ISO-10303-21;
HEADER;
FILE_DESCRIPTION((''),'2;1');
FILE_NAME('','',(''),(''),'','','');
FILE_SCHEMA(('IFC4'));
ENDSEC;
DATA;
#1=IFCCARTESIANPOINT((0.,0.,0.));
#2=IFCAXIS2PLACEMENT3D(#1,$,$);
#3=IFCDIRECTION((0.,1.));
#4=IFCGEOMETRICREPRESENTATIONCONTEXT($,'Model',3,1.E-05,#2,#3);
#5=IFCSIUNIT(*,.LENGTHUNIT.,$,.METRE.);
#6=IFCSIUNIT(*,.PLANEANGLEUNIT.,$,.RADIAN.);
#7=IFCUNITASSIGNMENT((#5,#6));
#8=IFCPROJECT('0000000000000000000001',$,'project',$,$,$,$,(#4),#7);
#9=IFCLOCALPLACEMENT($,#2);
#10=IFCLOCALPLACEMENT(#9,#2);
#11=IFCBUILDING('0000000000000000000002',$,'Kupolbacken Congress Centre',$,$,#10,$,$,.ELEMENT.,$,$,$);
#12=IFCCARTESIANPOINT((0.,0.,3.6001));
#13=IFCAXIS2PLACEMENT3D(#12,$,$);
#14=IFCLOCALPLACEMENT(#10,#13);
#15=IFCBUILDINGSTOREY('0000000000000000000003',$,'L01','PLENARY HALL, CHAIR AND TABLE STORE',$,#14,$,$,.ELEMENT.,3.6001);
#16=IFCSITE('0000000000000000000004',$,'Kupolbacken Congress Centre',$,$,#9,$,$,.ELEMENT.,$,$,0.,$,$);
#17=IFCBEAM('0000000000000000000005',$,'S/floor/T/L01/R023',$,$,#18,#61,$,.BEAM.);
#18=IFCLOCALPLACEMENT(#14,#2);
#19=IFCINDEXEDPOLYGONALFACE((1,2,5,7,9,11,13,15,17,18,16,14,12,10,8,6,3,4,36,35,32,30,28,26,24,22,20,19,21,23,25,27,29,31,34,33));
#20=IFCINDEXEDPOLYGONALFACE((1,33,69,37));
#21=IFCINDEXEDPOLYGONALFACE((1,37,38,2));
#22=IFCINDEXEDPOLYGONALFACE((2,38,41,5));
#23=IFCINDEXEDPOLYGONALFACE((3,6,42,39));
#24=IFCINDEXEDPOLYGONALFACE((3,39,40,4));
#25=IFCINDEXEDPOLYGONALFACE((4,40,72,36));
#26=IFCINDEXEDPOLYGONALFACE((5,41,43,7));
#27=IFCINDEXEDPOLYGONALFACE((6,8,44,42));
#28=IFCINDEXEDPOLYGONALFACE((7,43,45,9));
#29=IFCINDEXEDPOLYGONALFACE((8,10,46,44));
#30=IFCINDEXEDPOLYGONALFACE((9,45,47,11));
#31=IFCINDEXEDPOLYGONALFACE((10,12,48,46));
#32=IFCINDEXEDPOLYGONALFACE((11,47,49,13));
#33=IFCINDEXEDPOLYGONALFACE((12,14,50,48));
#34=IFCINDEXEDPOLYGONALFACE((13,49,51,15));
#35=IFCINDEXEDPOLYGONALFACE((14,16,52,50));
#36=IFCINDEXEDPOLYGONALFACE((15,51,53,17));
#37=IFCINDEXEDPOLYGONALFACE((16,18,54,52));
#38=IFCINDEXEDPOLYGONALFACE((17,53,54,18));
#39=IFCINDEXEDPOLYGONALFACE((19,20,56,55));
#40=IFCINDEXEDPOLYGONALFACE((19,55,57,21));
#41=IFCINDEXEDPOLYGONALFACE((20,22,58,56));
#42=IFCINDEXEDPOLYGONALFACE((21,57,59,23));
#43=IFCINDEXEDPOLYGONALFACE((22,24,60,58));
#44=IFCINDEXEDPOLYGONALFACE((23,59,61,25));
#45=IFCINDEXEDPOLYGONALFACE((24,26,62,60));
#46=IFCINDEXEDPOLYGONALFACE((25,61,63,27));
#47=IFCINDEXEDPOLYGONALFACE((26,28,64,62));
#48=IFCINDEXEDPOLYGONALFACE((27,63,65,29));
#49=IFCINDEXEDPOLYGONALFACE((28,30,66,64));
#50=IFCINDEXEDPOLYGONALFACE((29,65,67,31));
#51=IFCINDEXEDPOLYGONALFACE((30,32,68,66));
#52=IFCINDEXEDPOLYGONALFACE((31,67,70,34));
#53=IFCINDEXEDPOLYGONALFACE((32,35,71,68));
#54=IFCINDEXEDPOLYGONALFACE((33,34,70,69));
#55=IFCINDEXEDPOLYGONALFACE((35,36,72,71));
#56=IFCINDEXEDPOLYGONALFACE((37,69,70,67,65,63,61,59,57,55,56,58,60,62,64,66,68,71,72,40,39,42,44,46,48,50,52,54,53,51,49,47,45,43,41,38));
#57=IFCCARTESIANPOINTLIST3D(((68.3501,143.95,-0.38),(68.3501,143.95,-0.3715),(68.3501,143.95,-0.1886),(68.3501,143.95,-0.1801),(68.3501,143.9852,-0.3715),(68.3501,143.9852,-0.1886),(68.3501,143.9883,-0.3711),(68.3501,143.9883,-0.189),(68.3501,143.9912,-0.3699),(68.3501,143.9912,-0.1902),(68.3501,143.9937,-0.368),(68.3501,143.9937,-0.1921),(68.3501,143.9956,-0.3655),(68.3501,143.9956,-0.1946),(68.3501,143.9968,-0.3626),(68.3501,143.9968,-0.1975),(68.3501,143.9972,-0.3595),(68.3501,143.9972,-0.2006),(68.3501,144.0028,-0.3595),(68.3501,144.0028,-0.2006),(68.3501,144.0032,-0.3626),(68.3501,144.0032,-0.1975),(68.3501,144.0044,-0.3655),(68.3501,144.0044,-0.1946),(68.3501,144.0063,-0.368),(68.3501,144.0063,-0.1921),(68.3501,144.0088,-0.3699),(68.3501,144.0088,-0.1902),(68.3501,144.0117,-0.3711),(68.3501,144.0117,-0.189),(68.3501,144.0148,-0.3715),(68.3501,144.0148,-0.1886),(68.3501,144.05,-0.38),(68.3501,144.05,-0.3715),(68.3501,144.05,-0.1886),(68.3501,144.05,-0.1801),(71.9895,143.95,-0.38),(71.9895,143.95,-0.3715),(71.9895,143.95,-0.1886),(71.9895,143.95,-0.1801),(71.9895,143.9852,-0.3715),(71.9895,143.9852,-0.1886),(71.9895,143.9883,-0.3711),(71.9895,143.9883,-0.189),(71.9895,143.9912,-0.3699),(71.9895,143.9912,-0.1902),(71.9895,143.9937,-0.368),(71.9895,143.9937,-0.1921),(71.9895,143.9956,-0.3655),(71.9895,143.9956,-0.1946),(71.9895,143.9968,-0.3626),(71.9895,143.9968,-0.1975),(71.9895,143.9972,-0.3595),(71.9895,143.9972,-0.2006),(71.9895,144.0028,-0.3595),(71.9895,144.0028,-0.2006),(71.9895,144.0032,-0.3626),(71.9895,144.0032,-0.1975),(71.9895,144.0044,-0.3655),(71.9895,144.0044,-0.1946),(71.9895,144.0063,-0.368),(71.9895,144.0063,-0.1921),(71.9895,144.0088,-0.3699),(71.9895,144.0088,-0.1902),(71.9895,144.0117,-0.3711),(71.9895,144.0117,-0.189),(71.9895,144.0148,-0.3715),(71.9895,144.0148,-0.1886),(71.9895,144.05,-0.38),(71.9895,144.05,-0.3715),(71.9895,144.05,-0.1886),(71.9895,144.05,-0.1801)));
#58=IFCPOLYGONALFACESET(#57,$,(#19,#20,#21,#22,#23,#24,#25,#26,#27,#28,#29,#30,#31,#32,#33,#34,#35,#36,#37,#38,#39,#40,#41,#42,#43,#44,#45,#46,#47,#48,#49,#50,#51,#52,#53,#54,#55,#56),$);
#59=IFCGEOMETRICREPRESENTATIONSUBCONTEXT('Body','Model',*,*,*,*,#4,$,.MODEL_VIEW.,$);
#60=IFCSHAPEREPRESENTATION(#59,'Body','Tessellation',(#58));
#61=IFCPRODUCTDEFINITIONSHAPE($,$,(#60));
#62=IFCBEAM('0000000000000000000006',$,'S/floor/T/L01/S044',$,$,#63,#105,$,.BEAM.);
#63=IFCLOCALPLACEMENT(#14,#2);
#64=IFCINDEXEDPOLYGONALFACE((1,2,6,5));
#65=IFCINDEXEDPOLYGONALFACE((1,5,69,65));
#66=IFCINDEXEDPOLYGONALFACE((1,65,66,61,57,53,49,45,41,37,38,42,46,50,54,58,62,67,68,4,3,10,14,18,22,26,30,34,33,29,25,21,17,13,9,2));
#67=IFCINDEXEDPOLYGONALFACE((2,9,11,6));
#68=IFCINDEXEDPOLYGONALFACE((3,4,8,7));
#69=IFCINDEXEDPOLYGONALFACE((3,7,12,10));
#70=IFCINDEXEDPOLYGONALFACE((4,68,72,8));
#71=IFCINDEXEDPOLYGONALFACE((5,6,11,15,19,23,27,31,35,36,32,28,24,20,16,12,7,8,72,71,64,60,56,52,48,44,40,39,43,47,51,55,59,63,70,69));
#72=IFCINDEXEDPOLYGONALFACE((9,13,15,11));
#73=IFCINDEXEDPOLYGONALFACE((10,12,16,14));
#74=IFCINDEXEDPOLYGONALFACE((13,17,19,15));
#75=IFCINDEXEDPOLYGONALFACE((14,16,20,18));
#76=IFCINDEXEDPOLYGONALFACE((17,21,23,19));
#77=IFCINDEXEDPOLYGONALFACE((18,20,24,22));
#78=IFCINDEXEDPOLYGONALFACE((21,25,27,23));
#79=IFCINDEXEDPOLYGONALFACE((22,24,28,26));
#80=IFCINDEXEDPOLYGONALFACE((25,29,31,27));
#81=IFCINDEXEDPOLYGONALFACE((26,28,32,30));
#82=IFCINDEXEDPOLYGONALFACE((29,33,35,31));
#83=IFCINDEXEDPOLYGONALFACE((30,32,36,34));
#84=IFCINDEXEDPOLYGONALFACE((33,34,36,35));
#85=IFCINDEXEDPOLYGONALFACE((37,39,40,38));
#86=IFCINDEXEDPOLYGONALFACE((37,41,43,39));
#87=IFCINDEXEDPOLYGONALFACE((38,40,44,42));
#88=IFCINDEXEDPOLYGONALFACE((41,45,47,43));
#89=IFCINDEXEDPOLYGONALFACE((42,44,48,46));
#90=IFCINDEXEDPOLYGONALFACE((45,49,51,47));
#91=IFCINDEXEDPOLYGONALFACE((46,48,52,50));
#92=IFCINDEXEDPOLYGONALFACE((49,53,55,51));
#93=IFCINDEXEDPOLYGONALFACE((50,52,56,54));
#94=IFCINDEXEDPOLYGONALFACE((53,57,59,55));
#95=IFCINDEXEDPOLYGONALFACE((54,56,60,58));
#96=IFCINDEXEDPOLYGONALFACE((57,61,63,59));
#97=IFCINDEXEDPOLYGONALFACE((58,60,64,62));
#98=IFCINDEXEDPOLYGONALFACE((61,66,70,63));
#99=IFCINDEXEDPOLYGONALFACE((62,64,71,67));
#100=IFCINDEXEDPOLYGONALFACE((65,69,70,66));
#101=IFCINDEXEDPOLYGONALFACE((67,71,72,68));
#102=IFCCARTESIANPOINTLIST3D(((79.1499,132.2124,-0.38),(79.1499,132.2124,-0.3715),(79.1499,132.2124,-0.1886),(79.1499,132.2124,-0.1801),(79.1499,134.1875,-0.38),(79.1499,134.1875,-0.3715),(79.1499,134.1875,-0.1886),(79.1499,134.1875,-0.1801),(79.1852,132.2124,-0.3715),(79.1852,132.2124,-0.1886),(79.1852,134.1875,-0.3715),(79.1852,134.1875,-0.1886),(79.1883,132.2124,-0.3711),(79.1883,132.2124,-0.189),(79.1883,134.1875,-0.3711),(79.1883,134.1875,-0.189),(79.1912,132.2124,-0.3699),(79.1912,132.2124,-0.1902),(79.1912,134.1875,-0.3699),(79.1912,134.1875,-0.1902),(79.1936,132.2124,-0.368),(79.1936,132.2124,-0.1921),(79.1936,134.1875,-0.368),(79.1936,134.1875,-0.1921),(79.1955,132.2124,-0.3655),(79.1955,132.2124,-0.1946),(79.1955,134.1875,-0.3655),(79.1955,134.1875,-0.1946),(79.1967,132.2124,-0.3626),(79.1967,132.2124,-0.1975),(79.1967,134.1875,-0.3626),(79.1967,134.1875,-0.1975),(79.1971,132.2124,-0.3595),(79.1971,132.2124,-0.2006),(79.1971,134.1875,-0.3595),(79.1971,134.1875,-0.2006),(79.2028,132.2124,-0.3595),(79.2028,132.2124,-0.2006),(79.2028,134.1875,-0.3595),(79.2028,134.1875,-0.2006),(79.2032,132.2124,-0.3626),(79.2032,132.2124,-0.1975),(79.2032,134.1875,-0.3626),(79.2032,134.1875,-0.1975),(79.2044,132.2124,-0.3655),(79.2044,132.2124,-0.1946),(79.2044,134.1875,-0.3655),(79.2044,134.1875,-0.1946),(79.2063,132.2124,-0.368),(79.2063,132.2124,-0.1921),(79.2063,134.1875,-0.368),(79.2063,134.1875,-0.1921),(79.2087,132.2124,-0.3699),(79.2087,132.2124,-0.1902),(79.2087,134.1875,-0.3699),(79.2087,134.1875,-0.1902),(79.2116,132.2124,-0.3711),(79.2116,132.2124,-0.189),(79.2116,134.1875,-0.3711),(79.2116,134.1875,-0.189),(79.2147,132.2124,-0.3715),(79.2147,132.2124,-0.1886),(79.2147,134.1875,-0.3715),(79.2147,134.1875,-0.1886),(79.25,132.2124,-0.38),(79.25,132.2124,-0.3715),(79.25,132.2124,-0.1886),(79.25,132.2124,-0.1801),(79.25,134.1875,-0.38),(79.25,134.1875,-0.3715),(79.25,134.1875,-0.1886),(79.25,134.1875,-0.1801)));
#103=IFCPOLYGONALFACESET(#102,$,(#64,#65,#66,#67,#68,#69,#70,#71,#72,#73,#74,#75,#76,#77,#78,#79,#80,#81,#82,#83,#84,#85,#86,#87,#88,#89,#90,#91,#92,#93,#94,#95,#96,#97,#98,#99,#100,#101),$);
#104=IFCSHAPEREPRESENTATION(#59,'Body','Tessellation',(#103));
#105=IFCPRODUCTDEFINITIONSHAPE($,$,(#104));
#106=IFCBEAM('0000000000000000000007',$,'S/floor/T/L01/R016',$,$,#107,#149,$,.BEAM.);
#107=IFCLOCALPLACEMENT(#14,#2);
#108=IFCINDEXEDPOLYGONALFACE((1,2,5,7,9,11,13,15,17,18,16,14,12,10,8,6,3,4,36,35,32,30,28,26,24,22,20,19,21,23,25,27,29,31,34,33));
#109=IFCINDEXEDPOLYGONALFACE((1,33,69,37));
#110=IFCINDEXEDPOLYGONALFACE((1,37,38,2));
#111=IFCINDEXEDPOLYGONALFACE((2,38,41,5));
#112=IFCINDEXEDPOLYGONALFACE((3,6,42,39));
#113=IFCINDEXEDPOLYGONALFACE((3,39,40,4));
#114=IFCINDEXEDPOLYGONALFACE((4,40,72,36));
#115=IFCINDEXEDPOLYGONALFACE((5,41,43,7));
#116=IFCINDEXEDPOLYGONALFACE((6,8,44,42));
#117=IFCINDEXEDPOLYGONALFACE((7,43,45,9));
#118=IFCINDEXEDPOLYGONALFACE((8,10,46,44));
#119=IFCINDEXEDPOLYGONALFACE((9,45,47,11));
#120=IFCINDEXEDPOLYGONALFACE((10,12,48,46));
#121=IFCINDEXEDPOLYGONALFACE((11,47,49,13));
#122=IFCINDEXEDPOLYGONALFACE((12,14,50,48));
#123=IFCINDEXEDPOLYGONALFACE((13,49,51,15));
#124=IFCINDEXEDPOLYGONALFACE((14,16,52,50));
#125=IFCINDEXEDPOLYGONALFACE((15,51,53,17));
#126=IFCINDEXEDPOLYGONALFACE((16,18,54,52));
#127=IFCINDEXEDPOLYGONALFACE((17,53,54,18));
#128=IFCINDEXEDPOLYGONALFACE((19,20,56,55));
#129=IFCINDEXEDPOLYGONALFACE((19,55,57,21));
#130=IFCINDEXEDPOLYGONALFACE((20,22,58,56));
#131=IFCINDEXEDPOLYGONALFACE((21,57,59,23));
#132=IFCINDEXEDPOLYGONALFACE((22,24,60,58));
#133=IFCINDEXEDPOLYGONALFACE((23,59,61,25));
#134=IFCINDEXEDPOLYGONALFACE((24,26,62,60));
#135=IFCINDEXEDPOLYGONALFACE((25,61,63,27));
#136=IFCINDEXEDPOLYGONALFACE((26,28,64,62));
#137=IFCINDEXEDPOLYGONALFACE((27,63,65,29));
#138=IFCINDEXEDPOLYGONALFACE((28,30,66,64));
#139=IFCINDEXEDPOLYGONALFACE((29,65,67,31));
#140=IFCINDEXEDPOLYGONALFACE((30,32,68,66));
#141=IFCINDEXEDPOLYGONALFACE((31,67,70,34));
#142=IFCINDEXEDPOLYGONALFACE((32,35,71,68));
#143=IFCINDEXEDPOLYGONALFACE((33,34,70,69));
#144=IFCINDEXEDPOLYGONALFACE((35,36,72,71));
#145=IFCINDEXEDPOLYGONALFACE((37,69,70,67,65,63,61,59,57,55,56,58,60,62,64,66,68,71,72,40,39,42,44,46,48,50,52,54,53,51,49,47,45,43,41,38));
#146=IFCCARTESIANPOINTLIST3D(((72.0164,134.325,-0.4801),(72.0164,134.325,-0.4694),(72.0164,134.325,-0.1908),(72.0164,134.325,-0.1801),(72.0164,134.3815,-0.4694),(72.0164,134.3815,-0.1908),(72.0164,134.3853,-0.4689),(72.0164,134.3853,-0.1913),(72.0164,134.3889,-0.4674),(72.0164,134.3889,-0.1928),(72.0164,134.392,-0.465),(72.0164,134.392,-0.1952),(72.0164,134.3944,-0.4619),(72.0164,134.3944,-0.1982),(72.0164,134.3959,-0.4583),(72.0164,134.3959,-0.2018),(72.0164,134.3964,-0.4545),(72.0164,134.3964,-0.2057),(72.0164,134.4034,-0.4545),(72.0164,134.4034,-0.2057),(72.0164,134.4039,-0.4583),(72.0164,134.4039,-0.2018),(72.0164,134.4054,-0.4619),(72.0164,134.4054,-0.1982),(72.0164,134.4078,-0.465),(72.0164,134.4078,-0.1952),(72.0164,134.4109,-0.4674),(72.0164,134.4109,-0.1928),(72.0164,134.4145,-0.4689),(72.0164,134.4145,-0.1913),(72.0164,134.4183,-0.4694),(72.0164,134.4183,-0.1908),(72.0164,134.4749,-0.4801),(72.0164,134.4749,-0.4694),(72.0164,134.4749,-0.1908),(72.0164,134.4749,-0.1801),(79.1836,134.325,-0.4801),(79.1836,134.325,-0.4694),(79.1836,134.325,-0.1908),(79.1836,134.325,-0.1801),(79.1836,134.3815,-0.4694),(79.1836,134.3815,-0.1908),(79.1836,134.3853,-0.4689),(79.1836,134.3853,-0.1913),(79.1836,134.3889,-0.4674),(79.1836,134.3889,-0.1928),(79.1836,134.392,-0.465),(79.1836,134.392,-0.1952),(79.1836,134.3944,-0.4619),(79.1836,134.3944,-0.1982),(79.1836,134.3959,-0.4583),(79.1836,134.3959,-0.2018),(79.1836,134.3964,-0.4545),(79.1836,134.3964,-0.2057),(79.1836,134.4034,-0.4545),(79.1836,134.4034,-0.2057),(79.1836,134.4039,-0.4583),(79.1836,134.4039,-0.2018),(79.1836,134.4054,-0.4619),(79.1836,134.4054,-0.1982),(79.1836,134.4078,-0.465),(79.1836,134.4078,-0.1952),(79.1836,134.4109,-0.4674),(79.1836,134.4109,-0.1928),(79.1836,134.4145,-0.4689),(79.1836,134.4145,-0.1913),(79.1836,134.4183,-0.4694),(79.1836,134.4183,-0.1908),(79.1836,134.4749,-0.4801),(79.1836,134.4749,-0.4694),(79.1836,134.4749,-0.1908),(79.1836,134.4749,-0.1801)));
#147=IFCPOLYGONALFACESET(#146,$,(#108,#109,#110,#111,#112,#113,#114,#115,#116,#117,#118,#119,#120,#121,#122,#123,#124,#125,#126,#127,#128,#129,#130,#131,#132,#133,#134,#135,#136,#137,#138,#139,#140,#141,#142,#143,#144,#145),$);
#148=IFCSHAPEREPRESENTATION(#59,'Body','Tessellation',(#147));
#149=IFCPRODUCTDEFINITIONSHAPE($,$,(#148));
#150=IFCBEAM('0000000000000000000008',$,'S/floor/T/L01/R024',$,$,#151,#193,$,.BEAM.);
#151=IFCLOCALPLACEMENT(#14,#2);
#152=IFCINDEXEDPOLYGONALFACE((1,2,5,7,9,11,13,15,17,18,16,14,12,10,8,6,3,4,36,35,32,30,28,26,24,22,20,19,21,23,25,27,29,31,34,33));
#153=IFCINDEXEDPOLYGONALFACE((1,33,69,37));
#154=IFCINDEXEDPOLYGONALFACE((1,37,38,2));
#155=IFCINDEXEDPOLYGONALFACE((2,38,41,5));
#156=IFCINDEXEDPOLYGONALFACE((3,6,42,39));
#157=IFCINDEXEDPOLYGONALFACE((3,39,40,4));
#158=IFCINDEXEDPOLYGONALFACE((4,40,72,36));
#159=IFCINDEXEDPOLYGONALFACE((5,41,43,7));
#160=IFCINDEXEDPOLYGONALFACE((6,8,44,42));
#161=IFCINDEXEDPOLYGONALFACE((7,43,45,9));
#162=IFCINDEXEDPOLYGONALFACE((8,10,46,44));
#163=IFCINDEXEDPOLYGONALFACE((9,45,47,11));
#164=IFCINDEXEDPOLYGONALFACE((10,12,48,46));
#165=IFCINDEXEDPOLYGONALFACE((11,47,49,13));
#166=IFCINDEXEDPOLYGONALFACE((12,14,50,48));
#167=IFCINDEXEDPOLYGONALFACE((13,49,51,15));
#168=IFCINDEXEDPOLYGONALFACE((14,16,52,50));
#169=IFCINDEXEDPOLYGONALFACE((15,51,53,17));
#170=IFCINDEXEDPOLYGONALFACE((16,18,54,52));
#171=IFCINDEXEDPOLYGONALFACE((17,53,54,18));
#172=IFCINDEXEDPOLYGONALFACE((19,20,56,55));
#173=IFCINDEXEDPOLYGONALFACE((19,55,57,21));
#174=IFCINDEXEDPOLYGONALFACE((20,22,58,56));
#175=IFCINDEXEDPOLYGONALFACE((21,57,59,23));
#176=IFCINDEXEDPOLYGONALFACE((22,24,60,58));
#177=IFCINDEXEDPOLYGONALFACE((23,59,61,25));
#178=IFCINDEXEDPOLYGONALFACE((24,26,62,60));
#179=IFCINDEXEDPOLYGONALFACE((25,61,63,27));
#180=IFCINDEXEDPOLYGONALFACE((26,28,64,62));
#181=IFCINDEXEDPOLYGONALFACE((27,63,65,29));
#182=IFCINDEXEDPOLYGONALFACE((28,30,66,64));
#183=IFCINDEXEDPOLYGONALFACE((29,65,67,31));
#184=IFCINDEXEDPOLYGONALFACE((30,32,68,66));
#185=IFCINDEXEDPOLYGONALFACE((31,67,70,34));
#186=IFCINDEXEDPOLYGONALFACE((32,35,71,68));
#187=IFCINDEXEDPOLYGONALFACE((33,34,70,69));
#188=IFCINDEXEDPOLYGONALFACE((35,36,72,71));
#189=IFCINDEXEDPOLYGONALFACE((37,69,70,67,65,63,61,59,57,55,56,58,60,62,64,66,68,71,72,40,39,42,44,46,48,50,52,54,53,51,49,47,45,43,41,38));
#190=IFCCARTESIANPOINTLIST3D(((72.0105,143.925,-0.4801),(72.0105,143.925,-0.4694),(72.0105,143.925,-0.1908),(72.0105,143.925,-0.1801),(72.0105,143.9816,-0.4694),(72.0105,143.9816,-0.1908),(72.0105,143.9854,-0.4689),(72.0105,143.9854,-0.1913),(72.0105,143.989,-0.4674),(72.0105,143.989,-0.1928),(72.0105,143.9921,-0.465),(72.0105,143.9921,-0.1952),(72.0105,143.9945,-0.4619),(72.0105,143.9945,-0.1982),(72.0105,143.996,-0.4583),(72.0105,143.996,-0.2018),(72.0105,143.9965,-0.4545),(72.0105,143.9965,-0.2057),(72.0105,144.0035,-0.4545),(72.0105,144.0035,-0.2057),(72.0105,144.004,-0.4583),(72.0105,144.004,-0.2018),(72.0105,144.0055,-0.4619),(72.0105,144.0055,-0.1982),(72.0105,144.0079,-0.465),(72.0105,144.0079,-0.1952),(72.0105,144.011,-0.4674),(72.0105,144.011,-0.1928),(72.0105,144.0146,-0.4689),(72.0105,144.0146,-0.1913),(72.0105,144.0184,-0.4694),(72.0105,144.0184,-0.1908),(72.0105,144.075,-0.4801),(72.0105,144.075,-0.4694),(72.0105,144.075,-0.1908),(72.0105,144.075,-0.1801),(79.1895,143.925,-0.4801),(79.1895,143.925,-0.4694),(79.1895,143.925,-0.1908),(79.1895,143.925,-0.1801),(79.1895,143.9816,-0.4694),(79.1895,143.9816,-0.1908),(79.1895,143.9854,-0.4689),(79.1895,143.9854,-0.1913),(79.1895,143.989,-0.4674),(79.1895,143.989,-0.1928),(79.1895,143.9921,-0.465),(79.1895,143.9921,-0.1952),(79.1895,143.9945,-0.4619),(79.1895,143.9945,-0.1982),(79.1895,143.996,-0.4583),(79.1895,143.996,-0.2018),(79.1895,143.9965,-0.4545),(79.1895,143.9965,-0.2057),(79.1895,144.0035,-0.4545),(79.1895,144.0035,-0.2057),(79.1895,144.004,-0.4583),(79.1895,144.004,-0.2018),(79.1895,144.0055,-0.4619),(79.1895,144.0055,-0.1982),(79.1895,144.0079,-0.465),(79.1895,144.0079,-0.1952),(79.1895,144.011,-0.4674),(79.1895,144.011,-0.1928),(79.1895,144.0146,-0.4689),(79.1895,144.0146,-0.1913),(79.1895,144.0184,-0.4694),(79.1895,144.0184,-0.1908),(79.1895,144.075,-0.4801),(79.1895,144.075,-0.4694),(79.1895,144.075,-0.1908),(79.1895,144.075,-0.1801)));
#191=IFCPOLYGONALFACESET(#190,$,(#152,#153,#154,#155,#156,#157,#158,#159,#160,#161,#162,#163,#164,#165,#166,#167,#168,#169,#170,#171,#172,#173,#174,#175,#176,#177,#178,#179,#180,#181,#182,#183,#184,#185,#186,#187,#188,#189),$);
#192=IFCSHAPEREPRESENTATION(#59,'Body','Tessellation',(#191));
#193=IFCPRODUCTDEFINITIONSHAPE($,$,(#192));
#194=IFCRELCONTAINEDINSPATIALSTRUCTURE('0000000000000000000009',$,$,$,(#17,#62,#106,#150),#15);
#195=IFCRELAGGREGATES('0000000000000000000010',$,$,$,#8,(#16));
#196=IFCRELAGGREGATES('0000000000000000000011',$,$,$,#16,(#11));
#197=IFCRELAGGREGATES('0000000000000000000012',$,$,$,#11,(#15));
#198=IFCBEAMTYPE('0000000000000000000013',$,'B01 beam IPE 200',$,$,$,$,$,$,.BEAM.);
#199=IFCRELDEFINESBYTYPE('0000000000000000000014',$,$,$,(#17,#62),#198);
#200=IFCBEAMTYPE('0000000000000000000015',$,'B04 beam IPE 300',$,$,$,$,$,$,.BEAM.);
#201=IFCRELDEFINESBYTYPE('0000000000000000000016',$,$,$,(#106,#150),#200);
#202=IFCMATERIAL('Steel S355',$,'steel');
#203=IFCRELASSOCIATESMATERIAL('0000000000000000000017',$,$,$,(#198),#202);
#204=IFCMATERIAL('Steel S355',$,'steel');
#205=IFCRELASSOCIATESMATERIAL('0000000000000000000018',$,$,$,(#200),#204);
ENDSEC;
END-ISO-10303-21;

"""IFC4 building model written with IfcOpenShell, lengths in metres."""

from ifc_helpers import new_model, si_unit, direction, frame, origin, origin_2d, place, context, subcontext, project, spatial, i_section, extrude, material, material_profile, profile_set, type_object, element, save


model = new_model("IFC4")

# Units and contexts
model_context = context("Model", 3, precision=1e-05, world=origin(), true_north=direction((0.0, 1.0)))
body_context = subcontext(model_context, "Body", "Model", "MODEL_VIEW")
ifc_project = project(units=[si_unit("LENGTHUNIT", "METRE"), si_unit("PLANEANGLEUNIT", "RADIAN")], contexts=[model_context])

# Site, building, storey
site_placement = place(None, origin())
site = spatial("IfcSite", under=ifc_project, at=site_placement, Name="Kupolbacken Congress Centre", CompositionType="ELEMENT", RefElevation=0.0)
building_placement = place(site_placement, origin())
building = spatial("IfcBuilding", under=site, at=building_placement, Name="Kupolbacken Congress Centre", CompositionType="ELEMENT")
storey_placement = place(building_placement, frame((0.0, 0.0, 3.6001)))
storey = spatial("IfcBuildingStorey", under=building, at=storey_placement, Name="L01", Description="PLENARY HALL, CHAIR AND TABLE STORE", CompositionType="ELEMENT", Elevation=3.6001)

# Beams
ifc_material_1 = material(Name="Steel S355", Category="steel")
ifc_material_profile_1 = material_profile(ifc_material_1, i_section(OverallWidth=0.1001, OverallDepth=0.2, WebThickness=0.0056, FlangeThickness=0.0085, FilletRadius=0.012, at=origin_2d()), Name="IPE 200")
ifc_profile_set_1 = profile_set([ifc_material_profile_1], Name="Steel S355")
beam_type_1 = type_object("IfcBeamType", Name="B01 beam IPE 200", PredefinedType="BEAM", material=ifc_profile_set_1)
beam_1_placement = place(storey_placement, frame((68.3501, 144.0, -0.28), z_axis=(1.0, 0.0, 0.0), x_axis=(0.0, 1.0, 0.0)))
element("IfcBeam", 1, at=beam_1_placement, inside=storey, type_object=beam_type_1, Name="S/floor/T/L01/R023", PredefinedType="BEAM", context=body_context, shape_type="SweptSolid", body=[
    extrude(i_section(OverallWidth=0.1001, OverallDepth=0.2, WebThickness=0.0056, FlangeThickness=0.0085, FilletRadius=0.012, at=origin_2d()), origin(), (0.0, 0.0, 1.0), 3.6394),
])
beam_2_placement = place(storey_placement, frame((79.2, 132.2124, -0.28), z_axis=(0.0, 1.0, 0.0), x_axis=(-1.0, 0.0, 0.0)))
element("IfcBeam", 2, at=beam_2_placement, inside=storey, type_object=beam_type_1, Name="S/floor/T/L01/S044", PredefinedType="BEAM", context=body_context, shape_type="SweptSolid", body=[
    extrude(i_section(OverallWidth=0.1001, OverallDepth=0.2, WebThickness=0.0056, FlangeThickness=0.0085, FilletRadius=0.012, at=origin_2d()), origin(), (0.0, 0.0, 1.0), 1.9751),
])
ifc_material_2 = material(Name="Steel S355", Category="steel")
ifc_material_profile_2 = material_profile(ifc_material_2, i_section(OverallWidth=0.1499, OverallDepth=0.3, WebThickness=0.0071, FlangeThickness=0.0107, FilletRadius=0.0149, at=origin_2d()), Name="IPE 300")
ifc_profile_set_2 = profile_set([ifc_material_profile_2], Name="Steel S355")
beam_type_2 = type_object("IfcBeamType", Name="B04 beam IPE 300", PredefinedType="BEAM", material=ifc_profile_set_2)
beam_3_placement = place(storey_placement, frame((72.0164, 134.3999, -0.3301), z_axis=(1.0, 0.0, 0.0), x_axis=(0.0, 1.0, 0.0)))
element("IfcBeam", 3, at=beam_3_placement, inside=storey, type_object=beam_type_2, Name="S/floor/T/L01/R016", PredefinedType="BEAM", context=body_context, shape_type="SweptSolid", body=[
    extrude(i_section(OverallWidth=0.1499, OverallDepth=0.3, WebThickness=0.0071, FlangeThickness=0.0107, FilletRadius=0.0149, at=origin_2d()), origin(), (0.0, 0.0, 1.0), 7.1672),
])
beam_4_placement = place(storey_placement, frame((72.0105, 144.0, -0.3301), z_axis=(1.0, 0.0, 0.0), x_axis=(0.0, 1.0, 0.0)))
element("IfcBeam", 4, at=beam_4_placement, inside=storey, type_object=beam_type_2, Name="S/floor/T/L01/R024", PredefinedType="BEAM", context=body_context, shape_type="SweptSolid", body=[
    extrude(i_section(OverallWidth=0.1499, OverallDepth=0.3, WebThickness=0.0071, FlangeThickness=0.0107, FilletRadius=0.0149, at=origin_2d()), origin(), (0.0, 0.0, 1.0), 7.179),
])

save(model, "model.ifc")
